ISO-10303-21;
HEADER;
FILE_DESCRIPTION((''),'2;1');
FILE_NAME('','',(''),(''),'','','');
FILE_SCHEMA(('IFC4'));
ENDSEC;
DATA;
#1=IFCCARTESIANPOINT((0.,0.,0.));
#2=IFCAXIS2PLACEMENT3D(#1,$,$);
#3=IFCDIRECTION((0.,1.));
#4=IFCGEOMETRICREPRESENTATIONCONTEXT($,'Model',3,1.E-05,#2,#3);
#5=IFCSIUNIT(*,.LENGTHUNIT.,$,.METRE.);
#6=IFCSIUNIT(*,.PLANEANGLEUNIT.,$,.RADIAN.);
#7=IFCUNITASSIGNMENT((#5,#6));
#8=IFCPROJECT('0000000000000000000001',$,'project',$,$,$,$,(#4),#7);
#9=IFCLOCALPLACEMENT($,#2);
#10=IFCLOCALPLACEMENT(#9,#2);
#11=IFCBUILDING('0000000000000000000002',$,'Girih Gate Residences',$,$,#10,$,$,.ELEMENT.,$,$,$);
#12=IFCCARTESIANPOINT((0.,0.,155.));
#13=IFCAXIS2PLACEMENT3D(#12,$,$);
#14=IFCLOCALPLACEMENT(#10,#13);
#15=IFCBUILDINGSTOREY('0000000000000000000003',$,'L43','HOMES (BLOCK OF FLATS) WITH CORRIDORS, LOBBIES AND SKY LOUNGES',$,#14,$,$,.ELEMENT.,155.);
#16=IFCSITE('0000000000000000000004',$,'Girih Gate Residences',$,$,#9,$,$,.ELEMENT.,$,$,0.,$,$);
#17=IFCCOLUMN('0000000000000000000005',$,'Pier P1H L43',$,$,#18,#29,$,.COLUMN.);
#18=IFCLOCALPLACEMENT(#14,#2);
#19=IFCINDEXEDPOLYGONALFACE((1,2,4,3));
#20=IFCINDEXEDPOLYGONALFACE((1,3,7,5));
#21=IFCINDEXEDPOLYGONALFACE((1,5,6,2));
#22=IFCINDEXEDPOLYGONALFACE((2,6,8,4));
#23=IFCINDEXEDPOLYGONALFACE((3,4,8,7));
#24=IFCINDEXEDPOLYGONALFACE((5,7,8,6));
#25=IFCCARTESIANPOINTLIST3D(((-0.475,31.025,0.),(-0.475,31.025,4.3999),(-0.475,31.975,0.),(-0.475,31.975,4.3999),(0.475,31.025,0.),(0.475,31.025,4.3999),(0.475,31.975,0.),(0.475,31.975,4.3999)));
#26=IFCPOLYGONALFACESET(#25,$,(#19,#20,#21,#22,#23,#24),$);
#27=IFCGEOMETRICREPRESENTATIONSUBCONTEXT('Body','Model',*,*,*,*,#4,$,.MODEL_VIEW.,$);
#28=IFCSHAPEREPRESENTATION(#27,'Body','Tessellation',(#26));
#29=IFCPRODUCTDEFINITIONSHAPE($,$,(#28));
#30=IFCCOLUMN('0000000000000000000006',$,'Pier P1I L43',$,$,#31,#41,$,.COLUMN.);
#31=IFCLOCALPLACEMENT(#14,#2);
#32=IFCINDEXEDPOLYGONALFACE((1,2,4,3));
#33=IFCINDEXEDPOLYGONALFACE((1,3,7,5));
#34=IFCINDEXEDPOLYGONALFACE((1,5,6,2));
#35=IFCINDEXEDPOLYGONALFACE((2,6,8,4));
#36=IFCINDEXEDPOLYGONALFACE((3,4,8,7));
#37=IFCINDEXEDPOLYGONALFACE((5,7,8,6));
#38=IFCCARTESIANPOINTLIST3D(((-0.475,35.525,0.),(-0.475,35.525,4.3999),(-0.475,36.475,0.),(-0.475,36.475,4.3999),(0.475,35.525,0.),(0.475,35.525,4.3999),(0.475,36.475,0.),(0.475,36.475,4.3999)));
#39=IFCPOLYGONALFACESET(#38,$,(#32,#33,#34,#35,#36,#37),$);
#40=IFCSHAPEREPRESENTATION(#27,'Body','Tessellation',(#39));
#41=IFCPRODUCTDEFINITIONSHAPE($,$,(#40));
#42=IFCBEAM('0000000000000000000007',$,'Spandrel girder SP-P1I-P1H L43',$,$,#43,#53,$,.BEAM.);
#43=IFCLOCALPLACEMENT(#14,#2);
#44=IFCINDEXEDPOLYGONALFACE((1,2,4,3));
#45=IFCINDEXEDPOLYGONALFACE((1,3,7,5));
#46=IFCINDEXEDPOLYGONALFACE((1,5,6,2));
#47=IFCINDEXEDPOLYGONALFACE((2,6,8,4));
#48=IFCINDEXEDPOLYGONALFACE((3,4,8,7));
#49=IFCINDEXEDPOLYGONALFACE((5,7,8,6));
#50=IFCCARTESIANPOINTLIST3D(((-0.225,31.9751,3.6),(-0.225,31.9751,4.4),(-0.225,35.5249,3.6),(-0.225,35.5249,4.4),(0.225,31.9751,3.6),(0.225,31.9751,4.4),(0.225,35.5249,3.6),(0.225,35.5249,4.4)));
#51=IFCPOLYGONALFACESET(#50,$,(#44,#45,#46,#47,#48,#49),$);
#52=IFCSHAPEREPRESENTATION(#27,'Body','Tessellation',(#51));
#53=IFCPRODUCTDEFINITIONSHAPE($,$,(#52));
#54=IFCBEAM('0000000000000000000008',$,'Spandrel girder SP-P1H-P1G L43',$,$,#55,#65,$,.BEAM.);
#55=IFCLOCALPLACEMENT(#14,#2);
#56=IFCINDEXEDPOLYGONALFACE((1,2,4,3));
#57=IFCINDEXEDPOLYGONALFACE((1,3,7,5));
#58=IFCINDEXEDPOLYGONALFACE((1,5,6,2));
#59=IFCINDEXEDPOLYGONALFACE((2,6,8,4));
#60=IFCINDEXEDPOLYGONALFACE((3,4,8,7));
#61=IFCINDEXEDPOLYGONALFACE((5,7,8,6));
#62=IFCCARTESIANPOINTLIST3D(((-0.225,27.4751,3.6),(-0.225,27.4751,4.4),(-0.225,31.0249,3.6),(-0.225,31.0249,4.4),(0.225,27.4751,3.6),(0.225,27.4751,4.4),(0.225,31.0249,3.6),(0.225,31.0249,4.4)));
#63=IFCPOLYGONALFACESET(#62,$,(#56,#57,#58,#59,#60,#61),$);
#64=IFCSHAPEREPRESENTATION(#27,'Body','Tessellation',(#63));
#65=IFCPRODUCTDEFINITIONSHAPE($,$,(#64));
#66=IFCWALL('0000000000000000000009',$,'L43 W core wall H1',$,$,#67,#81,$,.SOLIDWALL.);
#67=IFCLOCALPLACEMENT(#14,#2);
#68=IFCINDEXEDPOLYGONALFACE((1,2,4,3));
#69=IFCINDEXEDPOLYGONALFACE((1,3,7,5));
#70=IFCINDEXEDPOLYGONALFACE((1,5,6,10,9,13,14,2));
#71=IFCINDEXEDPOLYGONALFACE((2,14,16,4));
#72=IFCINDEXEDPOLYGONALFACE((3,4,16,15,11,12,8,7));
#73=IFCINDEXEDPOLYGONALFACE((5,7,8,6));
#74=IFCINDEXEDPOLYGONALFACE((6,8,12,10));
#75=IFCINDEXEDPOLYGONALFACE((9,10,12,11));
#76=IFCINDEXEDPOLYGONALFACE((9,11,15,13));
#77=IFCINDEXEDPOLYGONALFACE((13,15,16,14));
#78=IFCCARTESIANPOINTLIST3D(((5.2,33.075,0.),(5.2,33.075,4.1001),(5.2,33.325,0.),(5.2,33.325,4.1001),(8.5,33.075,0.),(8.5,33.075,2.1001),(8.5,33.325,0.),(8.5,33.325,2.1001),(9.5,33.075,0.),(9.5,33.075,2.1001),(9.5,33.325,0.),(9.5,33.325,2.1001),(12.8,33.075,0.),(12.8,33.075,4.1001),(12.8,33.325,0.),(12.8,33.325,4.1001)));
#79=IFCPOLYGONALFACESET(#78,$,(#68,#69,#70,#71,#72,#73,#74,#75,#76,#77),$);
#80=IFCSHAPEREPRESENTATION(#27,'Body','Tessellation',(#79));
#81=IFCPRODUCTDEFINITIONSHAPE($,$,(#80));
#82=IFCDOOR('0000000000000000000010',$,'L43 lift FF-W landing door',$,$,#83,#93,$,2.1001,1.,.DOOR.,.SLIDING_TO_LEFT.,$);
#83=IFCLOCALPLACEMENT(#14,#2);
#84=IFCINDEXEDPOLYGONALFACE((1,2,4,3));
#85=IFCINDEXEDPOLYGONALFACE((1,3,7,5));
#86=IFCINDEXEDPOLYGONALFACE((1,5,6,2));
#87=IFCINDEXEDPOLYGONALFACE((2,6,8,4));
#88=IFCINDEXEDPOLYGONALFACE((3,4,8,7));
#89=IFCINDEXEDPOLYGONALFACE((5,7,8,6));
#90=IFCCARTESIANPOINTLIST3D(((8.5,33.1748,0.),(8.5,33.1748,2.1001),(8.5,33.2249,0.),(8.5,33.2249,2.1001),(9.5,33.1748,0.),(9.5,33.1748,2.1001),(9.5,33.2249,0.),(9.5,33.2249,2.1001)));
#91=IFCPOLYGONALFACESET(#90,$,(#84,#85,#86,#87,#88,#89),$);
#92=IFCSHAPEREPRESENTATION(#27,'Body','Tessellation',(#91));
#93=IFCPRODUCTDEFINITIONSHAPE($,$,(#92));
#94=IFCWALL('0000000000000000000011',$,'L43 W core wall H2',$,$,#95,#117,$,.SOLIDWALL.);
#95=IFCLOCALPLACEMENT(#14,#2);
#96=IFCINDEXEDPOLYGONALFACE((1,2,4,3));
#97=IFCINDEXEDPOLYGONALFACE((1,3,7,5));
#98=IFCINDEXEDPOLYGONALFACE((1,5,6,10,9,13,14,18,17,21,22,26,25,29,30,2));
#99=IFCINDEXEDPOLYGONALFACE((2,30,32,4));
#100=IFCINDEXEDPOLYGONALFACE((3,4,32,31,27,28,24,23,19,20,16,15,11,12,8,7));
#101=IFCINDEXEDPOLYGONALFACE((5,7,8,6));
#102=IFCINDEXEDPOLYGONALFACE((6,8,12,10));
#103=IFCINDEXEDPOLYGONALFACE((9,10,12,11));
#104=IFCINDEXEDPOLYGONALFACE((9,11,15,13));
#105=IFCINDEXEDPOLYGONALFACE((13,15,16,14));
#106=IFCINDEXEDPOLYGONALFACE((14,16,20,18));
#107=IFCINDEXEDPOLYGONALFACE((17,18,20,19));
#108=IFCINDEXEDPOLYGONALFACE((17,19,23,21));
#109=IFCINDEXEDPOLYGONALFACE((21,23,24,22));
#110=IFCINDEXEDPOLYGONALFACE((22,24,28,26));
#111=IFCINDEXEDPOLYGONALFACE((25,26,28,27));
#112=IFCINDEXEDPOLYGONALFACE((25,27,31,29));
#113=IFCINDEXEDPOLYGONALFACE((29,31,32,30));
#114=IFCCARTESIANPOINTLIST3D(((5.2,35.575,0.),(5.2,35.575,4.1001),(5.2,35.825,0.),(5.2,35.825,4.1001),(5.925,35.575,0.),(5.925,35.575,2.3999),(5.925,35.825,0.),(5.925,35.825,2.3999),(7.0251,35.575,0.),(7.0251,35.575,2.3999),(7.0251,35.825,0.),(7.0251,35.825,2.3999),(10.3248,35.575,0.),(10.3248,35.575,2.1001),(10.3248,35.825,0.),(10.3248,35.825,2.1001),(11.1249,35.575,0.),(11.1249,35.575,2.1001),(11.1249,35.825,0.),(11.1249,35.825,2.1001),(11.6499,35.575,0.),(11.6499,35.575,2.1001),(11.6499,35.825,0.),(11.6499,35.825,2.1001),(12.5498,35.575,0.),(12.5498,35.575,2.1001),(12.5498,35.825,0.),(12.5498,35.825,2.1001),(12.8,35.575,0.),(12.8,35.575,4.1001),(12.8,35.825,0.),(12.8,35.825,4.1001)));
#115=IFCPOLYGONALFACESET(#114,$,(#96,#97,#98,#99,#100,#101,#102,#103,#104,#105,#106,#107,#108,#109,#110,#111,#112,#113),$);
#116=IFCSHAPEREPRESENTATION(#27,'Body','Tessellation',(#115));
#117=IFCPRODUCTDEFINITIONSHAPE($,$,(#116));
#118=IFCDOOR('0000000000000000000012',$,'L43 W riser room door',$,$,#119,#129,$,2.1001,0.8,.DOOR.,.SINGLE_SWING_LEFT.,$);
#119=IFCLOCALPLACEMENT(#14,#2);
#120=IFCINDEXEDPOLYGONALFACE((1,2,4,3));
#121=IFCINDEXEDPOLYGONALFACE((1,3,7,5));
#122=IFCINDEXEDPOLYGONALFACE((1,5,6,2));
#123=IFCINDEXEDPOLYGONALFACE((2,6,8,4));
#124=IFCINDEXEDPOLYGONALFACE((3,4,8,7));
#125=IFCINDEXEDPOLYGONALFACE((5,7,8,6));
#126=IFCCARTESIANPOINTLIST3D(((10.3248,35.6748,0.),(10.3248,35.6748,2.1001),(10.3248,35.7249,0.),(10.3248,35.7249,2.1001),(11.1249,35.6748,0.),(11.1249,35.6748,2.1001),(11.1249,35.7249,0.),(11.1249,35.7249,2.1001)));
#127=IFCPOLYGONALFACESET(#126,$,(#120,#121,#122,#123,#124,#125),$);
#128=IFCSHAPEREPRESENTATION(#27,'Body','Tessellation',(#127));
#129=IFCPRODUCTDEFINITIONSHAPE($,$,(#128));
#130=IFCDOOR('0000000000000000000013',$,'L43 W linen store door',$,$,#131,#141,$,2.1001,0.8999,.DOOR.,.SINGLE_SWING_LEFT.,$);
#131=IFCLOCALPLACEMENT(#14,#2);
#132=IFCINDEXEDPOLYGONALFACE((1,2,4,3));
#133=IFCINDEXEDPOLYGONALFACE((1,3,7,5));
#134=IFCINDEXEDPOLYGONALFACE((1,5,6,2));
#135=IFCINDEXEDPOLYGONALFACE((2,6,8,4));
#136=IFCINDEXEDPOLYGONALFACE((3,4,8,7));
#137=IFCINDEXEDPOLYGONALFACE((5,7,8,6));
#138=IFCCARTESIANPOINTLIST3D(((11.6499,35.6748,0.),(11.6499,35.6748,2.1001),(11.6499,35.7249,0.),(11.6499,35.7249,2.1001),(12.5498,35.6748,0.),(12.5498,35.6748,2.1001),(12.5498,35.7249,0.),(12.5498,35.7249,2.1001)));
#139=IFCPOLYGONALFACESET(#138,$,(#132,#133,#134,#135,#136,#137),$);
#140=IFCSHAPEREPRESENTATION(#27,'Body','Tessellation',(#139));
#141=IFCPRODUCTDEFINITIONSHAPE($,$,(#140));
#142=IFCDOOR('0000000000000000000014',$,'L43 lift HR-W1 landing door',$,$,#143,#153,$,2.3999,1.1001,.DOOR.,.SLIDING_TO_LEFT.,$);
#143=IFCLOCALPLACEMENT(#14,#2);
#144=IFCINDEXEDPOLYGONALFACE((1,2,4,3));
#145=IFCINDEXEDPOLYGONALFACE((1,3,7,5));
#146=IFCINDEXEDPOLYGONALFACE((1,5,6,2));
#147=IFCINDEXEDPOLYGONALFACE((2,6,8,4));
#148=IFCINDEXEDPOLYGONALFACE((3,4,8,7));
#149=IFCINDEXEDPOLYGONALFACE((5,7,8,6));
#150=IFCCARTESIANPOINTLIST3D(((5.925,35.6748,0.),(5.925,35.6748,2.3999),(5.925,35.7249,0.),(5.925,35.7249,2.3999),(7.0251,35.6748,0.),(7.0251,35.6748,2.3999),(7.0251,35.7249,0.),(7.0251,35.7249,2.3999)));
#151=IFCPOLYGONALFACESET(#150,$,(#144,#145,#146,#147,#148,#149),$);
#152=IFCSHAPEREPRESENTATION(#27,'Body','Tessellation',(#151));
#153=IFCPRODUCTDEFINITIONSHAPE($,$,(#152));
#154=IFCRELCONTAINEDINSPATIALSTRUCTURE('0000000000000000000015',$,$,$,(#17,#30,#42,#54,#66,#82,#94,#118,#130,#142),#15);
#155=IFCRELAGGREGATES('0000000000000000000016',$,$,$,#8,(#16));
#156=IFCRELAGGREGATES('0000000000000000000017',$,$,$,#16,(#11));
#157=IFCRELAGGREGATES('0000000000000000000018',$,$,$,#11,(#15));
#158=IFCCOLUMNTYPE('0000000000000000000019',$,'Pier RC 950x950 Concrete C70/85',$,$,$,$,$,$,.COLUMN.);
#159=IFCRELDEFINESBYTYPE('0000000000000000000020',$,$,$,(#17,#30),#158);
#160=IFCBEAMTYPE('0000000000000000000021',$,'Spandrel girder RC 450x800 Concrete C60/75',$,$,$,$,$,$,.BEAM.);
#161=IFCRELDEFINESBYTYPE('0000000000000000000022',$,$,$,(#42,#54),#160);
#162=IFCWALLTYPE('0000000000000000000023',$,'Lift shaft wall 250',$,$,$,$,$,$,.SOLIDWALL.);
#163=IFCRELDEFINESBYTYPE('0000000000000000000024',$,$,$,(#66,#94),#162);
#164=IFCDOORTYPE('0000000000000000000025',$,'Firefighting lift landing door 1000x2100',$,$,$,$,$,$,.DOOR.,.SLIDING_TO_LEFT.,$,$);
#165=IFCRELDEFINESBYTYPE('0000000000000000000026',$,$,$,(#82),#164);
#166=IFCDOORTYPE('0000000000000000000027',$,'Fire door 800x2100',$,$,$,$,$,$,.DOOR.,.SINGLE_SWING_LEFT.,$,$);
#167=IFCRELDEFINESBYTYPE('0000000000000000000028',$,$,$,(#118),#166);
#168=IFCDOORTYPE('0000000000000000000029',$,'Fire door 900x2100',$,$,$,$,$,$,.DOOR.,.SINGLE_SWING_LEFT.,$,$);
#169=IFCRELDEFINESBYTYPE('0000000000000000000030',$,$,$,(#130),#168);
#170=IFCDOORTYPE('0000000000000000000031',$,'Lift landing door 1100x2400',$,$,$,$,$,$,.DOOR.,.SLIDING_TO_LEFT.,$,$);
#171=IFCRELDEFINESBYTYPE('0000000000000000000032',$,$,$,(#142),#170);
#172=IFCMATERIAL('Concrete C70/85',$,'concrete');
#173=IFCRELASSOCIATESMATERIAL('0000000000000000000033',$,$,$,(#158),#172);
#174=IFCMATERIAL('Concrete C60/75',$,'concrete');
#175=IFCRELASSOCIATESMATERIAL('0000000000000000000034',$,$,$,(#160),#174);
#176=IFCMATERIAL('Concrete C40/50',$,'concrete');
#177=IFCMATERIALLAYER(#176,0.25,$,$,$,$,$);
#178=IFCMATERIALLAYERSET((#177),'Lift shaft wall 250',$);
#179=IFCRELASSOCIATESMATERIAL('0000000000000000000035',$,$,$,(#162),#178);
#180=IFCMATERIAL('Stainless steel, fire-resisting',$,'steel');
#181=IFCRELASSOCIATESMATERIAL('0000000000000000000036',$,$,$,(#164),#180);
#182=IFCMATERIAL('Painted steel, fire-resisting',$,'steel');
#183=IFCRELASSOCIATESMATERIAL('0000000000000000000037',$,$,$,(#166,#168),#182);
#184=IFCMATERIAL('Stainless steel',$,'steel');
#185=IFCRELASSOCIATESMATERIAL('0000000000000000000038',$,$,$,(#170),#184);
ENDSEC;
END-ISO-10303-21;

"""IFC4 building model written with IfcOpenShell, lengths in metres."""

from ifc_helpers import new_model, si_unit, direction, frame, frame_2d, origin, origin_2d, place, context, subcontext, project, spatial, rectangle, extrude, material, layer, layer_set, material_profile, profile_set, type_object, element, fill, save


model = new_model("IFC4")

# Units and contexts
model_context = context("Model", 3, precision=1e-05, world=origin(), true_north=direction((0.0, 1.0)))
body_context = subcontext(model_context, "Body", "Model", "MODEL_VIEW")
ifc_project = project(units=[si_unit("LENGTHUNIT", "METRE"), si_unit("PLANEANGLEUNIT", "RADIAN")], contexts=[model_context])

# Site, building, storey
site_placement = place(None, origin())
site = spatial("IfcSite", under=ifc_project, at=site_placement, Name="Girih Gate Residences", CompositionType="ELEMENT", RefElevation=0.0)
building_placement = place(site_placement, origin())
building = spatial("IfcBuilding", under=site, at=building_placement, Name="Girih Gate Residences", CompositionType="ELEMENT")
storey_placement = place(building_placement, frame((0.0, 0.0, 155.0)))
storey = spatial("IfcBuildingStorey", under=building, at=storey_placement, Name="L43", Description="HOMES (BLOCK OF FLATS) WITH CORRIDORS, LOBBIES AND SKY LOUNGES", CompositionType="ELEMENT", Elevation=155.0)

# Columns
ifc_material_1 = material(Name="Concrete C70/85", Category="concrete")
ifc_material_profile_1 = material_profile(ifc_material_1, rectangle(XDim=0.95, YDim=0.95, at=origin_2d()))
ifc_profile_set_1 = profile_set([ifc_material_profile_1], Name="Concrete C70/85")
column_type = type_object("IfcColumnType", Name="Pier RC 950x950 Concrete C70/85", PredefinedType="COLUMN", material=ifc_profile_set_1)
for number, where, z_axis, x_axis, name in (
    (1, (0.0, 31.5, 0.0), (0.0, 0.0, 1.0), (1.0, 0.0, 0.0), "Pier P1H L43"),
    (2, (0.0, 36.0, 0.0), (0.0, 0.0, 1.0), (1.0, 0.0, 0.0), "Pier P1I L43"),
):
    element("IfcColumn", number, at=place(storey_placement, frame(where, z_axis=z_axis, x_axis=x_axis)), inside=storey, type_object=column_type, Name=name, PredefinedType="COLUMN", context=body_context, shape_type="SweptSolid", body=[
        extrude(rectangle(XDim=0.95, YDim=0.95, at=origin_2d()), origin(), (0.0, 0.0, 1.0), 4.3999),
    ])

# Beams
ifc_material_2 = material(Name="Concrete C60/75", Category="concrete")
ifc_material_profile_2 = material_profile(ifc_material_2, rectangle(XDim=0.45, YDim=0.8, at=origin_2d()))
ifc_profile_set_2 = profile_set([ifc_material_profile_2], Name="Concrete C60/75")
beam_type = type_object("IfcBeamType", Name="Spandrel girder RC 450x800 Concrete C60/75", PredefinedType="BEAM", material=ifc_profile_set_2)
for number, where, z_axis, x_axis, name in (
    (3, (0.0, 35.5249, 4.0), (0.0, -1.0, 0.0), (1.0, 0.0, 0.0), "Spandrel girder SP-P1I-P1H L43"),
    (4, (0.0, 31.0249, 4.0), (0.0, -1.0, 0.0), (1.0, 0.0, 0.0), "Spandrel girder SP-P1H-P1G L43"),
):
    element("IfcBeam", number, at=place(storey_placement, frame(where, z_axis=z_axis, x_axis=x_axis)), inside=storey, type_object=beam_type, Name=name, PredefinedType="BEAM", context=body_context, shape_type="SweptSolid", body=[
        extrude(rectangle(XDim=0.45, YDim=0.8, at=origin_2d()), origin(), (0.0, 0.0, 1.0), 3.5498),
    ])

# Wall, opening, door
ifc_material_3 = material(Name="Concrete C40/50", Category="concrete")
ifc_layer_1 = layer(ifc_material_3, 0.25)
ifc_layer_set_1 = layer_set([ifc_layer_1], Name="Lift shaft wall 250")
wall_type_1 = type_object("IfcWallType", Name="Lift shaft wall 250", PredefinedType="SOLIDWALL", material=ifc_layer_set_1)
wall_1_placement = place(storey_placement, frame((5.2, 33.2, 0.0), z_axis=(0.0, 0.0, 1.0), x_axis=(1.0, 0.0, 0.0)))
wall_1 = element("IfcWall", 5, at=wall_1_placement, inside=storey, type_object=wall_type_1, Name="L43 W core wall H1", PredefinedType="SOLIDWALL", context=body_context, shape_type="SweptSolid", body=[
    extrude(rectangle(XDim=7.6001, YDim=0.25, at=frame_2d((3.8, 0.0))), origin(), (0.0, 0.0, 1.0), 4.1001),
])
opening_1_placement = place(wall_1_placement, frame((3.3, 0.0, 0.0)))
opening_1 = element("IfcOpeningElement", 6, at=opening_1_placement, cuts=wall_1, PredefinedType="OPENING", context=body_context, shape_type="SweptSolid", body=[
    extrude(rectangle(XDim=1.0, YDim=2.1001, at=frame_2d((0.5, 1.05))), frame((0.0, 0.135, 0.0), z_axis=(0.0, -1.0, 0.0), x_axis=(1.0, 0.0, 0.0)), (0.0, 0.0, 1.0), 0.27),
])
ifc_material_4 = material(Name="Stainless steel, fire-resisting", Category="steel")
door_type_1 = type_object("IfcDoorType", Name="Firefighting lift landing door 1000x2100", OperationType="SLIDING_TO_LEFT", PredefinedType="DOOR", material=ifc_material_4)
door_1_placement = place(opening_1_placement, origin())
door_1 = element("IfcDoor", 7, at=door_1_placement, inside=storey, type_object=door_type_1, Name="L43 lift FF-W landing door", OperationType="SLIDING_TO_LEFT", OverallHeight=2.1001, OverallWidth=1.0, PredefinedType="DOOR", context=body_context, shape_type="SweptSolid", body=[
    extrude(rectangle(XDim=1.0, YDim=2.1001, at=frame_2d((0.5, 1.05))), frame((0.0, 0.0249, 0.0), z_axis=(0.0, -1.0, 0.0), x_axis=(1.0, 0.0, 0.0)), (0.0, 0.0, 1.0), 0.05),
])
fill(opening_1, door_1)

# Wall, openings, doors
wall_2_placement = place(storey_placement, frame((5.2, 35.7, 0.0), z_axis=(0.0, 0.0, 1.0), x_axis=(1.0, 0.0, 0.0)))
wall_2 = element("IfcWall", 8, at=wall_2_placement, inside=storey, type_object=wall_type_1, Name="L43 W core wall H2", PredefinedType="SOLIDWALL", context=body_context, shape_type="SweptSolid", body=[
    extrude(rectangle(XDim=7.6001, YDim=0.25, at=frame_2d((3.8, 0.0))), origin(), (0.0, 0.0, 1.0), 4.1001),
])
opening_2_placement = place(wall_2_placement, frame((0.7251, 0.0, 0.0)))
opening_2 = element("IfcOpeningElement", 9, at=opening_2_placement, cuts=wall_2, PredefinedType="OPENING", context=body_context, shape_type="SweptSolid", body=[
    extrude(rectangle(XDim=1.1001, YDim=2.3999, at=frame_2d((0.55, 1.2))), frame((0.0, 0.135, 0.0), z_axis=(0.0, -1.0, 0.0), x_axis=(1.0, 0.0, 0.0)), (0.0, 0.0, 1.0), 0.27),
])
opening_3_placement = place(wall_2_placement, frame((5.125, 0.0, 0.0)))
opening_3 = element("IfcOpeningElement", 10, at=opening_3_placement, cuts=wall_2, PredefinedType="OPENING", context=body_context, shape_type="SweptSolid", body=[
    extrude(rectangle(XDim=0.8, YDim=2.1001, at=frame_2d((0.3999, 1.05))), frame((0.0, 0.135, 0.0), z_axis=(0.0, -1.0, 0.0), x_axis=(1.0, 0.0, 0.0)), (0.0, 0.0, 1.0), 0.27),
])
opening_4_placement = place(wall_2_placement, frame((6.45, 0.0, 0.0)))
opening_4 = element("IfcOpeningElement", 11, at=opening_4_placement, cuts=wall_2, PredefinedType="OPENING", context=body_context, shape_type="SweptSolid", body=[
    extrude(rectangle(XDim=0.8999, YDim=2.1001, at=frame_2d((0.45, 1.05))), frame((0.0, 0.135, 0.0), z_axis=(0.0, -1.0, 0.0), x_axis=(1.0, 0.0, 0.0)), (0.0, 0.0, 1.0), 0.27),
])
ifc_material_5 = material(Name="Painted steel, fire-resisting", Category="steel")
door_type_2 = type_object("IfcDoorType", Name="Fire door 800x2100", OperationType="SINGLE_SWING_LEFT", PredefinedType="DOOR", material=ifc_material_5)
door_2_placement = place(opening_3_placement, origin())
door_2 = element("IfcDoor", 12, at=door_2_placement, inside=storey, type_object=door_type_2, Name="L43 W riser room door", OperationType="SINGLE_SWING_LEFT", OverallHeight=2.1001, OverallWidth=0.8, PredefinedType="DOOR", context=body_context, shape_type="SweptSolid", body=[
    extrude(rectangle(XDim=0.8, YDim=2.1001, at=frame_2d((0.3999, 1.05))), frame((0.0, 0.0249, 0.0), z_axis=(0.0, -1.0, 0.0), x_axis=(1.0, 0.0, 0.0)), (0.0, 0.0, 1.0), 0.05),
])
fill(opening_3, door_2)
door_type_3 = type_object("IfcDoorType", Name="Fire door 900x2100", OperationType="SINGLE_SWING_LEFT", PredefinedType="DOOR", material=ifc_material_5)
door_3_placement = place(opening_4_placement, origin())
door_3 = element("IfcDoor", 13, at=door_3_placement, inside=storey, type_object=door_type_3, Name="L43 W linen store door", OperationType="SINGLE_SWING_LEFT", OverallHeight=2.1001, OverallWidth=0.8999, PredefinedType="DOOR", context=body_context, shape_type="SweptSolid", body=[
    extrude(rectangle(XDim=0.8999, YDim=2.1001, at=frame_2d((0.45, 1.05))), frame((0.0, 0.0249, 0.0), z_axis=(0.0, -1.0, 0.0), x_axis=(1.0, 0.0, 0.0)), (0.0, 0.0, 1.0), 0.05),
])
fill(opening_4, door_3)
ifc_material_6 = material(Name="Stainless steel", Category="steel")
door_type_4 = type_object("IfcDoorType", Name="Lift landing door 1100x2400", OperationType="SLIDING_TO_LEFT", PredefinedType="DOOR", material=ifc_material_6)
door_4_placement = place(opening_2_placement, origin())
door_4 = element("IfcDoor", 14, at=door_4_placement, inside=storey, type_object=door_type_4, Name="L43 lift HR-W1 landing door", OperationType="SLIDING_TO_LEFT", OverallHeight=2.3999, OverallWidth=1.1001, PredefinedType="DOOR", context=body_context, shape_type="SweptSolid", body=[
    extrude(rectangle(XDim=1.1001, YDim=2.3999, at=frame_2d((0.55, 1.2))), frame((0.0, 0.0249, 0.0), z_axis=(0.0, -1.0, 0.0), x_axis=(1.0, 0.0, 0.0)), (0.0, 0.0, 1.0), 0.05),
])
fill(opening_2, door_4)

save(model, "model.ifc")
